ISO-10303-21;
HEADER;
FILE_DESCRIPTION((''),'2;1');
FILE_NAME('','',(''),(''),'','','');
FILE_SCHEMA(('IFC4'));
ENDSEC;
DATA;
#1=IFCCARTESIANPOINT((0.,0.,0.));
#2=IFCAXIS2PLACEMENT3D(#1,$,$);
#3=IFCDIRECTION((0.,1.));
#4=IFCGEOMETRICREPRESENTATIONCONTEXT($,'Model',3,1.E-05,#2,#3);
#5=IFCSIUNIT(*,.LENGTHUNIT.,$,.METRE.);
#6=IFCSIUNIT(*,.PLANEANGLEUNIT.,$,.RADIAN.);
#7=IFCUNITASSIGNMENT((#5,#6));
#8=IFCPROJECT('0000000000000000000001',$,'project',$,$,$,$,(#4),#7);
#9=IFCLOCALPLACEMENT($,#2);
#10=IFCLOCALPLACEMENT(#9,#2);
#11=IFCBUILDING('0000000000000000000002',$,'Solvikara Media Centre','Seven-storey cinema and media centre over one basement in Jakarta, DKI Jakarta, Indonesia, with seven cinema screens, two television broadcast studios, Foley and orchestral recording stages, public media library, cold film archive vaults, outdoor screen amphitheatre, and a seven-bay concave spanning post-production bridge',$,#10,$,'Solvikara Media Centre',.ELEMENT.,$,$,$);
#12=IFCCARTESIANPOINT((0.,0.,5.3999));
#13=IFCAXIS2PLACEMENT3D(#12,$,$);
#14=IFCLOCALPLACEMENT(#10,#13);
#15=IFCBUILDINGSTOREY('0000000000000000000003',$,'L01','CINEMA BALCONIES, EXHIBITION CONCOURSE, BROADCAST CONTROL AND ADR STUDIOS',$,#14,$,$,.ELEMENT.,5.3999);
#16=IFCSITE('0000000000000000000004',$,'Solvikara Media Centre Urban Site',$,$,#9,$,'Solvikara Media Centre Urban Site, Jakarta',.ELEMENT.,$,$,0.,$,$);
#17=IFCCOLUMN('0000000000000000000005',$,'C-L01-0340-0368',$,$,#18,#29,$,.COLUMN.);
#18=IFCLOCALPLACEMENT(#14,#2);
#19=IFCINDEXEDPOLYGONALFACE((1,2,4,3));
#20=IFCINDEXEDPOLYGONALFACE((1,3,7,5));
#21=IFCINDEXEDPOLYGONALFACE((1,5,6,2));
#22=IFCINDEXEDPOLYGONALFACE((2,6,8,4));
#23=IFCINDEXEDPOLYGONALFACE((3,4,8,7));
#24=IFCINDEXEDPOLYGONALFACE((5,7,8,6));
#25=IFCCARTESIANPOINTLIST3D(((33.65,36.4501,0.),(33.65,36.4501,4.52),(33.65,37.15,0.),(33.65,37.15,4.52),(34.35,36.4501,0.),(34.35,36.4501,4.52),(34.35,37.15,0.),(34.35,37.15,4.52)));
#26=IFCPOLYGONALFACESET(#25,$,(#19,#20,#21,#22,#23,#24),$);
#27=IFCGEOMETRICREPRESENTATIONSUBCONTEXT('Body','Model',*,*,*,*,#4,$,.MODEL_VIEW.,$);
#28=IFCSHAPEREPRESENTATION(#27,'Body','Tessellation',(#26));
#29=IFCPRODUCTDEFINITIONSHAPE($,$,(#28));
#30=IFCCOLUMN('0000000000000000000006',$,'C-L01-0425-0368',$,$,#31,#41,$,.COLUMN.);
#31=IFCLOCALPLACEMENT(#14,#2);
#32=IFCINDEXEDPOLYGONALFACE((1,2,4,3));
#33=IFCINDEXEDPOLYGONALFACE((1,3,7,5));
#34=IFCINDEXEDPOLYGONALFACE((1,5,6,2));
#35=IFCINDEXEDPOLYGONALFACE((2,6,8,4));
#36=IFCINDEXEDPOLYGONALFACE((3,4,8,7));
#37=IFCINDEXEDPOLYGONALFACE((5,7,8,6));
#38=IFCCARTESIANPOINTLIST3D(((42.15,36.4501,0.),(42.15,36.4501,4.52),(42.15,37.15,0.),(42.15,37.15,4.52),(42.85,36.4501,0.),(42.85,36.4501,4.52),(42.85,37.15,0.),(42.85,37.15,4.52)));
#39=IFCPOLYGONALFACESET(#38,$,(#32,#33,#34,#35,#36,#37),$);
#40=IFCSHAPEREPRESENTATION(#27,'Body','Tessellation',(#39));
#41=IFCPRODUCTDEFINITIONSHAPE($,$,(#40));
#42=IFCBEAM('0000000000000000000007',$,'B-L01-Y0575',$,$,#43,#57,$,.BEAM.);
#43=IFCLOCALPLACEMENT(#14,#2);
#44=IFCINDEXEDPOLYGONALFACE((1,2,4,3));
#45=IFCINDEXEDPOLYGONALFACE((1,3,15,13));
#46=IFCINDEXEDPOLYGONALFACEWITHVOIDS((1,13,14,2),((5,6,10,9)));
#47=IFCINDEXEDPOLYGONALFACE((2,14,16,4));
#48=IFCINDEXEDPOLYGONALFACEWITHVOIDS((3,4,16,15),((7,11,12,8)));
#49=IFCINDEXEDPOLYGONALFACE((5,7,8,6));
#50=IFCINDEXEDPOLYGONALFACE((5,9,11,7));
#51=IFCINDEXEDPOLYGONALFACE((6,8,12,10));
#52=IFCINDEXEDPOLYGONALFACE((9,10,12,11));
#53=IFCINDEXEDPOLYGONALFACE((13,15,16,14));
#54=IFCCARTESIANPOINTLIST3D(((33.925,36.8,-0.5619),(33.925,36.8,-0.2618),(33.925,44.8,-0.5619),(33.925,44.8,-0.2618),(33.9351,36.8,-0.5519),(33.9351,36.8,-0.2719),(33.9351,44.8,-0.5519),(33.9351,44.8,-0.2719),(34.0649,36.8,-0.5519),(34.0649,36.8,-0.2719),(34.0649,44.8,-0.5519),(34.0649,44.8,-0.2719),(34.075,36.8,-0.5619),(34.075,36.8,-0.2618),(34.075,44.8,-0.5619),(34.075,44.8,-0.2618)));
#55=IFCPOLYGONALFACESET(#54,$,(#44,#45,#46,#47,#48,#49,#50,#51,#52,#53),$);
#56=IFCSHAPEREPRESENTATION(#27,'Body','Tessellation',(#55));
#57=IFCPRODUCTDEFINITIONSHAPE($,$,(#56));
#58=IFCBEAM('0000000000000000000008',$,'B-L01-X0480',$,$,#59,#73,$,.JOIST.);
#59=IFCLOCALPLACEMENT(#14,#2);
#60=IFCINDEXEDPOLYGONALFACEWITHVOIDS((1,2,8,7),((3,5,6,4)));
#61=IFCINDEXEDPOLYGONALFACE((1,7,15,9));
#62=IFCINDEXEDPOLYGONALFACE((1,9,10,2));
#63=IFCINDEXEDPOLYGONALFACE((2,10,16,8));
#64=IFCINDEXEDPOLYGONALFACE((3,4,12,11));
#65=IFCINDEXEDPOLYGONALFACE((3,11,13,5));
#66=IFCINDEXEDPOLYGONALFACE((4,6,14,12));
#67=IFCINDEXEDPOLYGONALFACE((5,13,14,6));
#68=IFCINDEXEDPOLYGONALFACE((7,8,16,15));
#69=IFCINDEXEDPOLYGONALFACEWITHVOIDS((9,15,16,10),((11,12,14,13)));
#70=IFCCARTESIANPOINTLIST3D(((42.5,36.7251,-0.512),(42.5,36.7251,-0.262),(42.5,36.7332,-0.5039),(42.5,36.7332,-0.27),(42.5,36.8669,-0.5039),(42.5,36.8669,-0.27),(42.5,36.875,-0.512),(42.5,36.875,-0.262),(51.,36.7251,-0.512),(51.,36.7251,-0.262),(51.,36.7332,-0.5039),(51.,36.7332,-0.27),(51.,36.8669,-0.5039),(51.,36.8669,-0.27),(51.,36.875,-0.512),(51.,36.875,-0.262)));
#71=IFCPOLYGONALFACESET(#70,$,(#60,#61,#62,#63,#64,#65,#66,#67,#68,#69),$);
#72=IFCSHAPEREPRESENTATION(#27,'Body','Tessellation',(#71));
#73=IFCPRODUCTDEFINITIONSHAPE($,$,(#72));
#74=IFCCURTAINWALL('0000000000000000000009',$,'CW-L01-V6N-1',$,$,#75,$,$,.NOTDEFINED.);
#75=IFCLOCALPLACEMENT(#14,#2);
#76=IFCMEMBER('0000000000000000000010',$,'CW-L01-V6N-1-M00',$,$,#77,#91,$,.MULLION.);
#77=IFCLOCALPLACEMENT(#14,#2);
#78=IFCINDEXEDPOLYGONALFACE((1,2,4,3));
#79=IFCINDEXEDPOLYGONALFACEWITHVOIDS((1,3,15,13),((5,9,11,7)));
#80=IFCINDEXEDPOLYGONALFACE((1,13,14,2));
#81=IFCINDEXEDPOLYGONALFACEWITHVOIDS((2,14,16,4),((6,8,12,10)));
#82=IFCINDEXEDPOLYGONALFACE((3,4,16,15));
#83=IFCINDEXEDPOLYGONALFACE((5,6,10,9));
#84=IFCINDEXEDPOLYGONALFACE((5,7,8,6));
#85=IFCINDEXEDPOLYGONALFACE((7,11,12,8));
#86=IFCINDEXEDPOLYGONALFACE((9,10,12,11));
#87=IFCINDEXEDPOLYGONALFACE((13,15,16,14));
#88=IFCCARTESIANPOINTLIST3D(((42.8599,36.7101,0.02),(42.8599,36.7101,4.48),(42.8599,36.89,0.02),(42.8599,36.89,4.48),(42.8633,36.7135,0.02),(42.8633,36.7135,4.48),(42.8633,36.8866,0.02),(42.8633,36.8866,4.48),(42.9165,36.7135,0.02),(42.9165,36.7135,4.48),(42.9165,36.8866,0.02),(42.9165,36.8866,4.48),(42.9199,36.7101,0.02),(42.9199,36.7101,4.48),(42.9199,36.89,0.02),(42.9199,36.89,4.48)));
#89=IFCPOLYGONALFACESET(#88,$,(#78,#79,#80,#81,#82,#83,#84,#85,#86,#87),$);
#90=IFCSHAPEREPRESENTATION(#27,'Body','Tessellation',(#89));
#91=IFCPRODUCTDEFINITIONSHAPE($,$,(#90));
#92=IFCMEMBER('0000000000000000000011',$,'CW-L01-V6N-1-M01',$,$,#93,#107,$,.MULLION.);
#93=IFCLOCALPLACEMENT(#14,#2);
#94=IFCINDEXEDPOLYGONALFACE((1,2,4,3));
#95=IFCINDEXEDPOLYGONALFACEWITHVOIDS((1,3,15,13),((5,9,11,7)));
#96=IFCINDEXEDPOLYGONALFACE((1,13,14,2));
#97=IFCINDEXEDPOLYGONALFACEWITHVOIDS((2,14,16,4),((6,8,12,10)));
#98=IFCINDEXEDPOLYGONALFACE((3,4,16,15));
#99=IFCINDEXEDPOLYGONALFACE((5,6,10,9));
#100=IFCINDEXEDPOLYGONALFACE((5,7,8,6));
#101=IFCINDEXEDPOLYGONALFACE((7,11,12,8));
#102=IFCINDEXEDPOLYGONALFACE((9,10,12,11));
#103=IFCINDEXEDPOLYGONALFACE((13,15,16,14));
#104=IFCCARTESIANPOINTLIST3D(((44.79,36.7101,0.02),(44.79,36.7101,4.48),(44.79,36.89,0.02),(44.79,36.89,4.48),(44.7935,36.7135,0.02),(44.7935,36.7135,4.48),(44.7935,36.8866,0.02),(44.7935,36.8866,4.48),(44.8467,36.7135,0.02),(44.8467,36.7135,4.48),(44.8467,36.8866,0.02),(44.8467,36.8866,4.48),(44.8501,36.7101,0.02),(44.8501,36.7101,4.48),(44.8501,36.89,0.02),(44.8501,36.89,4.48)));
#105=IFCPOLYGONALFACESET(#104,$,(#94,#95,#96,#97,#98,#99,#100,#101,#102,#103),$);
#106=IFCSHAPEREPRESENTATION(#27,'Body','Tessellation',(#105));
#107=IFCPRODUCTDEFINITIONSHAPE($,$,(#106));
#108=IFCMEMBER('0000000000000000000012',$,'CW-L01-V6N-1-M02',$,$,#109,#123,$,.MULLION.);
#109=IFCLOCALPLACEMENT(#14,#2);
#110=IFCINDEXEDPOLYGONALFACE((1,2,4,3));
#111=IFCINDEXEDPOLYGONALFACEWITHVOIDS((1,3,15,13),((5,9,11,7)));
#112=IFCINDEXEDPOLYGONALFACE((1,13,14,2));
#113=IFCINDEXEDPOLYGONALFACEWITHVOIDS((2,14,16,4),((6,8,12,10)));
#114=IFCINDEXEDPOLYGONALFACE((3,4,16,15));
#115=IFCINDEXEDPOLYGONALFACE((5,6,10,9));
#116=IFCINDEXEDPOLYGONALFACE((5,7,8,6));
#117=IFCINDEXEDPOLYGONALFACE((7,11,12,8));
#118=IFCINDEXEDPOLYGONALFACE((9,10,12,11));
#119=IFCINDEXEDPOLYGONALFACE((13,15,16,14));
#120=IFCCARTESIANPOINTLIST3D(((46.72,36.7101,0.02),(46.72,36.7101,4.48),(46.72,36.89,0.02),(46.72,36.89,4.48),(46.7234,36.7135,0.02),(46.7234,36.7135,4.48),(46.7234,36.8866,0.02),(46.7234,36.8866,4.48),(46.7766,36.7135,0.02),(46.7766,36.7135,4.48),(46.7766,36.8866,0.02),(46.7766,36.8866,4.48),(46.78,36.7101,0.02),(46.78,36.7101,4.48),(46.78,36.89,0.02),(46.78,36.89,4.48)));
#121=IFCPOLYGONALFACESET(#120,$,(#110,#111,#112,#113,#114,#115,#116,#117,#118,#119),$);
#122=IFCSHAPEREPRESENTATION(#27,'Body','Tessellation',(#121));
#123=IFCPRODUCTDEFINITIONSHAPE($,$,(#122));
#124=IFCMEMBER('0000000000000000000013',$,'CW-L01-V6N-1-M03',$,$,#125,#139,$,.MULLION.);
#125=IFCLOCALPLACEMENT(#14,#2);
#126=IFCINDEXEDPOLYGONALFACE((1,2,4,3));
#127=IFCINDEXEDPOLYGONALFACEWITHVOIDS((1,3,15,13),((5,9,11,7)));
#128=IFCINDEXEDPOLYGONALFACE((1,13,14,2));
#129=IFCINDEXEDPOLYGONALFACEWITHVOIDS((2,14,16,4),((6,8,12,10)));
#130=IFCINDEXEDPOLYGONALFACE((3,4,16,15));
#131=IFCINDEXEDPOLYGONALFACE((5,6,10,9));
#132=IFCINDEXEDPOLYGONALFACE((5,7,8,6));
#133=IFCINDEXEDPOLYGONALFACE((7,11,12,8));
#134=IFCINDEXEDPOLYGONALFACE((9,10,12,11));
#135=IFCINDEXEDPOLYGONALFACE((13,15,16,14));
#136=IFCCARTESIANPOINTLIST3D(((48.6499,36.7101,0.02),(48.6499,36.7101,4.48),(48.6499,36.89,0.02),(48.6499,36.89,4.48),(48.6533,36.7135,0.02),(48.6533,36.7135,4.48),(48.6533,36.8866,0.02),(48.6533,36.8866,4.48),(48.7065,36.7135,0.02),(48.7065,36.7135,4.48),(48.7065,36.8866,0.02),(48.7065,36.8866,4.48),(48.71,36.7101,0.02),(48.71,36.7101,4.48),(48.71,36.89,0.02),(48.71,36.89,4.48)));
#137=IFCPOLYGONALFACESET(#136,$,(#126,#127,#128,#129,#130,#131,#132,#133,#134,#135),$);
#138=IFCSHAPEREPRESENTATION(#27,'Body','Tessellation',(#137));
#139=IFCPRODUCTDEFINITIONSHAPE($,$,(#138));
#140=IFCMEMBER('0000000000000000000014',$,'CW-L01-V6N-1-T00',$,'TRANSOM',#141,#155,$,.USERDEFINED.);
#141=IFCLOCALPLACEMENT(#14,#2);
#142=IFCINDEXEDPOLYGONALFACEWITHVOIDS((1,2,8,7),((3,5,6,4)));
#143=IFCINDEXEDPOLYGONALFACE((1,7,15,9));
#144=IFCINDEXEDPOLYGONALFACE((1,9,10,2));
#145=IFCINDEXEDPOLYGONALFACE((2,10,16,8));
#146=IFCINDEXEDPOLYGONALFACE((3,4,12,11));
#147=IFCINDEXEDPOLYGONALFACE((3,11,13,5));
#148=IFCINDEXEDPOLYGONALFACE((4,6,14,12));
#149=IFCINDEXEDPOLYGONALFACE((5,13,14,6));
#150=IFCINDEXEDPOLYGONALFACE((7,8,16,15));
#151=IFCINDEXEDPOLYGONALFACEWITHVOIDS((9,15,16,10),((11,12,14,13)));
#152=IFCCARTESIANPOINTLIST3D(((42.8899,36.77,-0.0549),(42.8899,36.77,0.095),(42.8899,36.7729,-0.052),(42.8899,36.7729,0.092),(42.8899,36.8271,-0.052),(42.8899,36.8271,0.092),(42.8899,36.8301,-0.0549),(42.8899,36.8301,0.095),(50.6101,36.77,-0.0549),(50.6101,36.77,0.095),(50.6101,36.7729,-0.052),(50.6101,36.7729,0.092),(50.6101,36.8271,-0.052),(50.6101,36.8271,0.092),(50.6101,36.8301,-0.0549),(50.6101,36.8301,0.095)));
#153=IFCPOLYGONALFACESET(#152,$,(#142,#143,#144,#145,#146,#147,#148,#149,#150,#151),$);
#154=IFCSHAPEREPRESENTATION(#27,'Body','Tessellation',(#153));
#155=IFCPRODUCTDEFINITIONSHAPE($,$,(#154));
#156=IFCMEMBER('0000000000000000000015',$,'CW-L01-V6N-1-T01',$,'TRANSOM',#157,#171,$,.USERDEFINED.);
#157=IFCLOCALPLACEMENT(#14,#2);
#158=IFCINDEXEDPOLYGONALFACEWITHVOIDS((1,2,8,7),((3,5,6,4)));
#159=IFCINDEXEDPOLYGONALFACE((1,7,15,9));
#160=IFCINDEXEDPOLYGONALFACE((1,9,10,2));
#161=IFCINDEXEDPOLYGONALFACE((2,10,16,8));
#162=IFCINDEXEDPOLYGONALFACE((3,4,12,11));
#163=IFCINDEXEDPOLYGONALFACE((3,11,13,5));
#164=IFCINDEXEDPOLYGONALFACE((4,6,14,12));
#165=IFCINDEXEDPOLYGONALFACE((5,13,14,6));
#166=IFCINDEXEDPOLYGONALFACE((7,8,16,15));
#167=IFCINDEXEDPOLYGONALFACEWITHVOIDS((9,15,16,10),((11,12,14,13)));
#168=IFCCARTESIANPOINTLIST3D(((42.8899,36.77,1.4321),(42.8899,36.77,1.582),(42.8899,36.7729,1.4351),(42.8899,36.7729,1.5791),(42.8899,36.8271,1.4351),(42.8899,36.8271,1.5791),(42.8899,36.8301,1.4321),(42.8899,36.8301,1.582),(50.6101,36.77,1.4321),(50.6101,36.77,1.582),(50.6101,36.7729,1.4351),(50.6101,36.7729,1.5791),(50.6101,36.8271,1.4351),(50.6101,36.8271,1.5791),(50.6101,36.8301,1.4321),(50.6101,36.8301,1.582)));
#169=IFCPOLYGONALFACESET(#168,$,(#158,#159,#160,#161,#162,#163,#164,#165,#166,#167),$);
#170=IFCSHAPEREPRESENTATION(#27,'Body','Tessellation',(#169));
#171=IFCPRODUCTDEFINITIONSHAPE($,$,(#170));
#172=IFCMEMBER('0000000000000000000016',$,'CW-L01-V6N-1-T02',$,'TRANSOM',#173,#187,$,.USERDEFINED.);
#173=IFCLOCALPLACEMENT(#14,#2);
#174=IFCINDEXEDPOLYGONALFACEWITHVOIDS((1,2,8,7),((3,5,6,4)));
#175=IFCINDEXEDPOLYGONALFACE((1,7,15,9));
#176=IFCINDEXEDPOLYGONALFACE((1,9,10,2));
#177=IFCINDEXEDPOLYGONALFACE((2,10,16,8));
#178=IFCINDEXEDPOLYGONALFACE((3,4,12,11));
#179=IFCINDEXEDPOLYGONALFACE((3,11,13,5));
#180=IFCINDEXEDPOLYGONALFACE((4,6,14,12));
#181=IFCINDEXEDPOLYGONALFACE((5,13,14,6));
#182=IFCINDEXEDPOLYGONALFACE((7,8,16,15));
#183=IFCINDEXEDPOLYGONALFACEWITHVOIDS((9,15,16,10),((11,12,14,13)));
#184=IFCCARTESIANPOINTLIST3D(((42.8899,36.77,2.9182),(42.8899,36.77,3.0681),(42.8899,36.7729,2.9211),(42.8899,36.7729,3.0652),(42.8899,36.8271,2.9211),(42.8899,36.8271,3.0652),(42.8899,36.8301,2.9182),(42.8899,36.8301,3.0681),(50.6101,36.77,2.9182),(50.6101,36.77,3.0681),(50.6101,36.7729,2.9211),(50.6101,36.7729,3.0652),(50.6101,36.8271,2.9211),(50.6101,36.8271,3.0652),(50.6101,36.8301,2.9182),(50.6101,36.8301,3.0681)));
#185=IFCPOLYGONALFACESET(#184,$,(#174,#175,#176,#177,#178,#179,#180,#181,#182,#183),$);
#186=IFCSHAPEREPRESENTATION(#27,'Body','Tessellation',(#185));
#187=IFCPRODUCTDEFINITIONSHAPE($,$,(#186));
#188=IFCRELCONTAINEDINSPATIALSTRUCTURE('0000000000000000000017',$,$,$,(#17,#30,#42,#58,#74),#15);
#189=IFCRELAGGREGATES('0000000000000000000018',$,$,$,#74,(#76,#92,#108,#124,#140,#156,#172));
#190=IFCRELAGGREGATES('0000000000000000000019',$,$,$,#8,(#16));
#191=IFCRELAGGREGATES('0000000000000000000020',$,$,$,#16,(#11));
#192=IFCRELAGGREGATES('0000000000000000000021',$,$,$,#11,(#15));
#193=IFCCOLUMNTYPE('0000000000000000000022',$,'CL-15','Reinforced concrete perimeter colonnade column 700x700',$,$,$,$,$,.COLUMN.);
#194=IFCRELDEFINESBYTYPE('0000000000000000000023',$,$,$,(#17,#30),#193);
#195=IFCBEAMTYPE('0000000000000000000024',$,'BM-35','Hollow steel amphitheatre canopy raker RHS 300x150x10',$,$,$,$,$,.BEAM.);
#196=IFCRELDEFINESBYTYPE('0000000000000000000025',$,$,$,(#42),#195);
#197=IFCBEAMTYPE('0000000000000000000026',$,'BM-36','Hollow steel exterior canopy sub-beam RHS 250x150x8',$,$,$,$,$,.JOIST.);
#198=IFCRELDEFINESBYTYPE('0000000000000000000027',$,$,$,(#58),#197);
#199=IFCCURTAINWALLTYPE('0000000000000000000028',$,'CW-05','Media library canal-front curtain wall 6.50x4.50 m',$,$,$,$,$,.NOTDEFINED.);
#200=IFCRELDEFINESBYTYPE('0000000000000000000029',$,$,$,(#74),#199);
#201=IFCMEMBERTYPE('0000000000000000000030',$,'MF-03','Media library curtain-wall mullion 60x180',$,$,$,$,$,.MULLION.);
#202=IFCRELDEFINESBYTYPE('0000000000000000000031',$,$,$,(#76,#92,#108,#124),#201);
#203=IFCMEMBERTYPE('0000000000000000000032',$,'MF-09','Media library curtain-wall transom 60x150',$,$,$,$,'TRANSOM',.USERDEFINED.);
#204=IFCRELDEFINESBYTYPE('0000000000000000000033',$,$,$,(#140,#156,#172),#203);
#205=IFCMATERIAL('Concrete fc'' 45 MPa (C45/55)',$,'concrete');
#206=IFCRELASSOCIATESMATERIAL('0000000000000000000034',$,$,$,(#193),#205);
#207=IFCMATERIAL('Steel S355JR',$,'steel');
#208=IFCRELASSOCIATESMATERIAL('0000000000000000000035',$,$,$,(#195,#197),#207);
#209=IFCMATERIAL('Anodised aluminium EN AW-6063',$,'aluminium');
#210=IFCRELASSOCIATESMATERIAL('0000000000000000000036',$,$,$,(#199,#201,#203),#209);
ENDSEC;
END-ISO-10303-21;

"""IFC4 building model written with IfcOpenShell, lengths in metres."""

from ifc_helpers import new_model, si_unit, direction, frame, origin, origin_2d, place, context, subcontext, project, spatial, rectangle, hollow_rectangle, extrude, material, material_profile, profile_set, type_object, element, aggregate, save


model = new_model("IFC4")

# Units and contexts
model_context = context("Model", 3, precision=1e-05, world=origin(), true_north=direction((0.0, 1.0)))
body_context = subcontext(model_context, "Body", "Model", "MODEL_VIEW")
ifc_project = project(units=[si_unit("LENGTHUNIT", "METRE"), si_unit("PLANEANGLEUNIT", "RADIAN")], contexts=[model_context])

# Site, building, storey
site_placement = place(None, origin())
site = spatial("IfcSite", under=ifc_project, at=site_placement, Name="Solvikara Media Centre Urban Site", LongName="Solvikara Media Centre Urban Site, Jakarta", CompositionType="ELEMENT", RefElevation=0.0)
building_placement = place(site_placement, origin())
building = spatial("IfcBuilding", under=site, at=building_placement, Name="Solvikara Media Centre", Description="Seven-storey cinema and media centre over one basement in Jakarta, DKI Jakarta, Indonesia, with seven cinema screens, two television broadcast studios, Foley and orchestral recording stages, public media library, cold film archive vaults, outdoor screen amphitheatre, and a seven-bay concave spanning post-production bridge", LongName="Solvikara Media Centre", CompositionType="ELEMENT")
storey_placement = place(building_placement, frame((0.0, 0.0, 5.3999)))
storey = spatial("IfcBuildingStorey", under=building, at=storey_placement, Name="L01", Description="CINEMA BALCONIES, EXHIBITION CONCOURSE, BROADCAST CONTROL AND ADR STUDIOS", CompositionType="ELEMENT", Elevation=5.3999)

# Columns
ifc_material_1 = material(Name="Concrete fc' 45 MPa (C45/55)", Category="concrete")
ifc_material_profile_1 = material_profile(ifc_material_1, rectangle(XDim=0.7, YDim=0.7, at=origin_2d()), Name="RC 700x700")
ifc_profile_set_1 = profile_set([ifc_material_profile_1], Name="Concrete fc' 45 MPa (C45/55)")
column_type = type_object("IfcColumnType", Name="CL-15", Description="Reinforced concrete perimeter colonnade column 700x700", PredefinedType="COLUMN", material=ifc_profile_set_1)
for number, where, z_axis, x_axis, name in (
    (1, (34.0, 36.8, 0.0), (0.0, 0.0, 1.0), (1.0, 0.0, 0.0), "C-L01-0340-0368"),
    (2, (42.5, 36.8, 0.0), (0.0, 0.0, 1.0), (1.0, 0.0, 0.0), "C-L01-0425-0368"),
):
    element("IfcColumn", number, at=place(storey_placement, frame(where, z_axis=z_axis, x_axis=x_axis)), inside=storey, type_object=column_type, Name=name, PredefinedType="COLUMN", context=body_context, shape_type="SweptSolid", body=[
        extrude(rectangle(XDim=0.7, YDim=0.7, at=origin_2d()), origin(), (0.0, 0.0, 1.0), 4.52),
    ])

# Beams
ifc_material_2 = material(Name="Steel S355JR", Category="steel")
ifc_material_profile_2 = material_profile(ifc_material_2, hollow_rectangle(XDim=0.1499, YDim=0.3, WallThickness=0.01, at=origin_2d()), Name="RHS 300x150x10")
ifc_profile_set_2 = profile_set([ifc_material_profile_2], Name="Steel S355JR")
beam_type_1 = type_object("IfcBeamType", Name="BM-35", Description="Hollow steel amphitheatre canopy raker RHS 300x150x10", PredefinedType="BEAM", material=ifc_profile_set_2)
beam_1_placement = place(storey_placement, frame((34.0, 36.8, -0.4119), z_axis=(0.0, 1.0, 0.0), x_axis=(-1.0, 0.0, 0.0)))
element("IfcBeam", 3, at=beam_1_placement, inside=storey, type_object=beam_type_1, Name="B-L01-Y0575", PredefinedType="BEAM", context=body_context, shape_type="SweptSolid", body=[
    extrude(hollow_rectangle(XDim=0.1499, YDim=0.3, WallThickness=0.01, at=origin_2d()), origin(), (0.0, 0.0, 1.0), 8.0),
])
ifc_material_profile_3 = material_profile(ifc_material_2, hollow_rectangle(XDim=0.1499, YDim=0.25, WallThickness=0.0081, at=origin_2d()), Name="RHS 250x150x8")
ifc_profile_set_3 = profile_set([ifc_material_profile_3], Name="Steel S355JR")
beam_type_2 = type_object("IfcBeamType", Name="BM-36", Description="Hollow steel exterior canopy sub-beam RHS 250x150x8", PredefinedType="JOIST", material=ifc_profile_set_3)
beam_2_placement = place(storey_placement, frame((42.5, 36.8, -0.387), z_axis=(1.0, 0.0, 0.0), x_axis=(0.0, 1.0, 0.0)))
element("IfcBeam", 4, at=beam_2_placement, inside=storey, type_object=beam_type_2, Name="B-L01-X0480", PredefinedType="JOIST", context=body_context, shape_type="SweptSolid", body=[
    extrude(hollow_rectangle(XDim=0.1499, YDim=0.25, WallThickness=0.0081, at=origin_2d()), origin(), (0.0, 0.0, 1.0), 8.5),
])

# Curtain wall, members
ifc_material_3 = material(Name="Anodised aluminium EN AW-6063", Category="aluminium")
curtain_wall_type = type_object("IfcCurtainWallType", Name="CW-05", Description="Media library canal-front curtain wall 6.50x4.50 m", PredefinedType="NOTDEFINED", material=ifc_material_3)
curtain_wall_placement = place(storey_placement, origin())
curtain_wall = element("IfcCurtainWall", 5, at=curtain_wall_placement, inside=storey, type_object=curtain_wall_type, Name="CW-L01-V6N-1", PredefinedType="NOTDEFINED")
ifc_material_profile_4 = material_profile(ifc_material_3, hollow_rectangle(XDim=0.0601, YDim=0.1799, WallThickness=0.0034, at=origin_2d()), Name="ALU-M 60x180x3.5")
ifc_profile_set_4 = profile_set([ifc_material_profile_4], Name="Anodised aluminium EN AW-6063")
member_type_1 = type_object("IfcMemberType", Name="MF-03", Description="Media library curtain-wall mullion 60x180", PredefinedType="MULLION", material=ifc_profile_set_4)
member_1_placement = place(storey_placement, frame((42.8899, 36.8, 0.02), z_axis=(0.0, 0.0, 1.0), x_axis=(1.0, 0.0, 0.0)))
member_1 = element("IfcMember", 6, at=member_1_placement, type_object=member_type_1, Name="CW-L01-V6N-1-M00", PredefinedType="MULLION", context=body_context, shape_type="SweptSolid", body=[
    extrude(hollow_rectangle(XDim=0.0601, YDim=0.1799, WallThickness=0.0034, at=origin_2d()), origin(), (0.0, 0.0, 1.0), 4.46),
])
member_2_placement = place(storey_placement, frame((44.8201, 36.8, 0.02), z_axis=(0.0, 0.0, 1.0), x_axis=(1.0, 0.0, 0.0)))
member_2 = element("IfcMember", 7, at=member_2_placement, type_object=member_type_1, Name="CW-L01-V6N-1-M01", PredefinedType="MULLION", context=body_context, shape_type="SweptSolid", body=[
    extrude(hollow_rectangle(XDim=0.0601, YDim=0.1799, WallThickness=0.0034, at=origin_2d()), origin(), (0.0, 0.0, 1.0), 4.46),
])
member_3_placement = place(storey_placement, frame((46.75, 36.8, 0.02), z_axis=(0.0, 0.0, 1.0), x_axis=(1.0, 0.0, 0.0)))
member_3 = element("IfcMember", 8, at=member_3_placement, type_object=member_type_1, Name="CW-L01-V6N-1-M02", PredefinedType="MULLION", context=body_context, shape_type="SweptSolid", body=[
    extrude(hollow_rectangle(XDim=0.0601, YDim=0.1799, WallThickness=0.0034, at=origin_2d()), origin(), (0.0, 0.0, 1.0), 4.46),
])
member_4_placement = place(storey_placement, frame((48.6799, 36.8, 0.02), z_axis=(0.0, 0.0, 1.0), x_axis=(1.0, 0.0, 0.0)))
member_4 = element("IfcMember", 9, at=member_4_placement, type_object=member_type_1, Name="CW-L01-V6N-1-M03", PredefinedType="MULLION", context=body_context, shape_type="SweptSolid", body=[
    extrude(hollow_rectangle(XDim=0.0601, YDim=0.1799, WallThickness=0.0034, at=origin_2d()), origin(), (0.0, 0.0, 1.0), 4.46),
])
ifc_material_profile_5 = material_profile(ifc_material_3, hollow_rectangle(XDim=0.0601, YDim=0.1499, WallThickness=0.0029, at=origin_2d()), Name="ALU-T 60x150x3")
ifc_profile_set_5 = profile_set([ifc_material_profile_5], Name="Anodised aluminium EN AW-6063")
member_type_2 = type_object("IfcMemberType", Name="MF-09", Description="Media library curtain-wall transom 60x150", ElementType="TRANSOM", PredefinedType="USERDEFINED", material=ifc_profile_set_5)
member_5_placement = place(storey_placement, frame((42.8899, 36.8, 0.02), z_axis=(1.0, 0.0, 0.0), x_axis=(0.0, 1.0, 0.0)))
member_5 = element("IfcMember", 10, at=member_5_placement, type_object=member_type_2, Name="CW-L01-V6N-1-T00", ObjectType="TRANSOM", PredefinedType="USERDEFINED", context=body_context, shape_type="SweptSolid", body=[
    extrude(hollow_rectangle(XDim=0.0601, YDim=0.1499, WallThickness=0.0029, at=origin_2d()), origin(), (0.0, 0.0, 1.0), 7.7202),
])
member_6_placement = place(storey_placement, frame((42.8899, 36.8, 1.5071), z_axis=(1.0, 0.0, 0.0), x_axis=(0.0, 1.0, 0.0)))
member_6 = element("IfcMember", 11, at=member_6_placement, type_object=member_type_2, Name="CW-L01-V6N-1-T01", ObjectType="TRANSOM", PredefinedType="USERDEFINED", context=body_context, shape_type="SweptSolid", body=[
    extrude(hollow_rectangle(XDim=0.0601, YDim=0.1499, WallThickness=0.0029, at=origin_2d()), origin(), (0.0, 0.0, 1.0), 7.7202),
])
member_7_placement = place(storey_placement, frame((42.8899, 36.8, 2.9932), z_axis=(1.0, 0.0, 0.0), x_axis=(0.0, 1.0, 0.0)))
member_7 = element("IfcMember", 12, at=member_7_placement, type_object=member_type_2, Name="CW-L01-V6N-1-T02", ObjectType="TRANSOM", PredefinedType="USERDEFINED", context=body_context, shape_type="SweptSolid", body=[
    extrude(hollow_rectangle(XDim=0.0601, YDim=0.1499, WallThickness=0.0029, at=origin_2d()), origin(), (0.0, 0.0, 1.0), 7.7202),
])
aggregate(curtain_wall, [member_1, member_2, member_3, member_4, member_5, member_6, member_7])

save(model, "model.ifc")
